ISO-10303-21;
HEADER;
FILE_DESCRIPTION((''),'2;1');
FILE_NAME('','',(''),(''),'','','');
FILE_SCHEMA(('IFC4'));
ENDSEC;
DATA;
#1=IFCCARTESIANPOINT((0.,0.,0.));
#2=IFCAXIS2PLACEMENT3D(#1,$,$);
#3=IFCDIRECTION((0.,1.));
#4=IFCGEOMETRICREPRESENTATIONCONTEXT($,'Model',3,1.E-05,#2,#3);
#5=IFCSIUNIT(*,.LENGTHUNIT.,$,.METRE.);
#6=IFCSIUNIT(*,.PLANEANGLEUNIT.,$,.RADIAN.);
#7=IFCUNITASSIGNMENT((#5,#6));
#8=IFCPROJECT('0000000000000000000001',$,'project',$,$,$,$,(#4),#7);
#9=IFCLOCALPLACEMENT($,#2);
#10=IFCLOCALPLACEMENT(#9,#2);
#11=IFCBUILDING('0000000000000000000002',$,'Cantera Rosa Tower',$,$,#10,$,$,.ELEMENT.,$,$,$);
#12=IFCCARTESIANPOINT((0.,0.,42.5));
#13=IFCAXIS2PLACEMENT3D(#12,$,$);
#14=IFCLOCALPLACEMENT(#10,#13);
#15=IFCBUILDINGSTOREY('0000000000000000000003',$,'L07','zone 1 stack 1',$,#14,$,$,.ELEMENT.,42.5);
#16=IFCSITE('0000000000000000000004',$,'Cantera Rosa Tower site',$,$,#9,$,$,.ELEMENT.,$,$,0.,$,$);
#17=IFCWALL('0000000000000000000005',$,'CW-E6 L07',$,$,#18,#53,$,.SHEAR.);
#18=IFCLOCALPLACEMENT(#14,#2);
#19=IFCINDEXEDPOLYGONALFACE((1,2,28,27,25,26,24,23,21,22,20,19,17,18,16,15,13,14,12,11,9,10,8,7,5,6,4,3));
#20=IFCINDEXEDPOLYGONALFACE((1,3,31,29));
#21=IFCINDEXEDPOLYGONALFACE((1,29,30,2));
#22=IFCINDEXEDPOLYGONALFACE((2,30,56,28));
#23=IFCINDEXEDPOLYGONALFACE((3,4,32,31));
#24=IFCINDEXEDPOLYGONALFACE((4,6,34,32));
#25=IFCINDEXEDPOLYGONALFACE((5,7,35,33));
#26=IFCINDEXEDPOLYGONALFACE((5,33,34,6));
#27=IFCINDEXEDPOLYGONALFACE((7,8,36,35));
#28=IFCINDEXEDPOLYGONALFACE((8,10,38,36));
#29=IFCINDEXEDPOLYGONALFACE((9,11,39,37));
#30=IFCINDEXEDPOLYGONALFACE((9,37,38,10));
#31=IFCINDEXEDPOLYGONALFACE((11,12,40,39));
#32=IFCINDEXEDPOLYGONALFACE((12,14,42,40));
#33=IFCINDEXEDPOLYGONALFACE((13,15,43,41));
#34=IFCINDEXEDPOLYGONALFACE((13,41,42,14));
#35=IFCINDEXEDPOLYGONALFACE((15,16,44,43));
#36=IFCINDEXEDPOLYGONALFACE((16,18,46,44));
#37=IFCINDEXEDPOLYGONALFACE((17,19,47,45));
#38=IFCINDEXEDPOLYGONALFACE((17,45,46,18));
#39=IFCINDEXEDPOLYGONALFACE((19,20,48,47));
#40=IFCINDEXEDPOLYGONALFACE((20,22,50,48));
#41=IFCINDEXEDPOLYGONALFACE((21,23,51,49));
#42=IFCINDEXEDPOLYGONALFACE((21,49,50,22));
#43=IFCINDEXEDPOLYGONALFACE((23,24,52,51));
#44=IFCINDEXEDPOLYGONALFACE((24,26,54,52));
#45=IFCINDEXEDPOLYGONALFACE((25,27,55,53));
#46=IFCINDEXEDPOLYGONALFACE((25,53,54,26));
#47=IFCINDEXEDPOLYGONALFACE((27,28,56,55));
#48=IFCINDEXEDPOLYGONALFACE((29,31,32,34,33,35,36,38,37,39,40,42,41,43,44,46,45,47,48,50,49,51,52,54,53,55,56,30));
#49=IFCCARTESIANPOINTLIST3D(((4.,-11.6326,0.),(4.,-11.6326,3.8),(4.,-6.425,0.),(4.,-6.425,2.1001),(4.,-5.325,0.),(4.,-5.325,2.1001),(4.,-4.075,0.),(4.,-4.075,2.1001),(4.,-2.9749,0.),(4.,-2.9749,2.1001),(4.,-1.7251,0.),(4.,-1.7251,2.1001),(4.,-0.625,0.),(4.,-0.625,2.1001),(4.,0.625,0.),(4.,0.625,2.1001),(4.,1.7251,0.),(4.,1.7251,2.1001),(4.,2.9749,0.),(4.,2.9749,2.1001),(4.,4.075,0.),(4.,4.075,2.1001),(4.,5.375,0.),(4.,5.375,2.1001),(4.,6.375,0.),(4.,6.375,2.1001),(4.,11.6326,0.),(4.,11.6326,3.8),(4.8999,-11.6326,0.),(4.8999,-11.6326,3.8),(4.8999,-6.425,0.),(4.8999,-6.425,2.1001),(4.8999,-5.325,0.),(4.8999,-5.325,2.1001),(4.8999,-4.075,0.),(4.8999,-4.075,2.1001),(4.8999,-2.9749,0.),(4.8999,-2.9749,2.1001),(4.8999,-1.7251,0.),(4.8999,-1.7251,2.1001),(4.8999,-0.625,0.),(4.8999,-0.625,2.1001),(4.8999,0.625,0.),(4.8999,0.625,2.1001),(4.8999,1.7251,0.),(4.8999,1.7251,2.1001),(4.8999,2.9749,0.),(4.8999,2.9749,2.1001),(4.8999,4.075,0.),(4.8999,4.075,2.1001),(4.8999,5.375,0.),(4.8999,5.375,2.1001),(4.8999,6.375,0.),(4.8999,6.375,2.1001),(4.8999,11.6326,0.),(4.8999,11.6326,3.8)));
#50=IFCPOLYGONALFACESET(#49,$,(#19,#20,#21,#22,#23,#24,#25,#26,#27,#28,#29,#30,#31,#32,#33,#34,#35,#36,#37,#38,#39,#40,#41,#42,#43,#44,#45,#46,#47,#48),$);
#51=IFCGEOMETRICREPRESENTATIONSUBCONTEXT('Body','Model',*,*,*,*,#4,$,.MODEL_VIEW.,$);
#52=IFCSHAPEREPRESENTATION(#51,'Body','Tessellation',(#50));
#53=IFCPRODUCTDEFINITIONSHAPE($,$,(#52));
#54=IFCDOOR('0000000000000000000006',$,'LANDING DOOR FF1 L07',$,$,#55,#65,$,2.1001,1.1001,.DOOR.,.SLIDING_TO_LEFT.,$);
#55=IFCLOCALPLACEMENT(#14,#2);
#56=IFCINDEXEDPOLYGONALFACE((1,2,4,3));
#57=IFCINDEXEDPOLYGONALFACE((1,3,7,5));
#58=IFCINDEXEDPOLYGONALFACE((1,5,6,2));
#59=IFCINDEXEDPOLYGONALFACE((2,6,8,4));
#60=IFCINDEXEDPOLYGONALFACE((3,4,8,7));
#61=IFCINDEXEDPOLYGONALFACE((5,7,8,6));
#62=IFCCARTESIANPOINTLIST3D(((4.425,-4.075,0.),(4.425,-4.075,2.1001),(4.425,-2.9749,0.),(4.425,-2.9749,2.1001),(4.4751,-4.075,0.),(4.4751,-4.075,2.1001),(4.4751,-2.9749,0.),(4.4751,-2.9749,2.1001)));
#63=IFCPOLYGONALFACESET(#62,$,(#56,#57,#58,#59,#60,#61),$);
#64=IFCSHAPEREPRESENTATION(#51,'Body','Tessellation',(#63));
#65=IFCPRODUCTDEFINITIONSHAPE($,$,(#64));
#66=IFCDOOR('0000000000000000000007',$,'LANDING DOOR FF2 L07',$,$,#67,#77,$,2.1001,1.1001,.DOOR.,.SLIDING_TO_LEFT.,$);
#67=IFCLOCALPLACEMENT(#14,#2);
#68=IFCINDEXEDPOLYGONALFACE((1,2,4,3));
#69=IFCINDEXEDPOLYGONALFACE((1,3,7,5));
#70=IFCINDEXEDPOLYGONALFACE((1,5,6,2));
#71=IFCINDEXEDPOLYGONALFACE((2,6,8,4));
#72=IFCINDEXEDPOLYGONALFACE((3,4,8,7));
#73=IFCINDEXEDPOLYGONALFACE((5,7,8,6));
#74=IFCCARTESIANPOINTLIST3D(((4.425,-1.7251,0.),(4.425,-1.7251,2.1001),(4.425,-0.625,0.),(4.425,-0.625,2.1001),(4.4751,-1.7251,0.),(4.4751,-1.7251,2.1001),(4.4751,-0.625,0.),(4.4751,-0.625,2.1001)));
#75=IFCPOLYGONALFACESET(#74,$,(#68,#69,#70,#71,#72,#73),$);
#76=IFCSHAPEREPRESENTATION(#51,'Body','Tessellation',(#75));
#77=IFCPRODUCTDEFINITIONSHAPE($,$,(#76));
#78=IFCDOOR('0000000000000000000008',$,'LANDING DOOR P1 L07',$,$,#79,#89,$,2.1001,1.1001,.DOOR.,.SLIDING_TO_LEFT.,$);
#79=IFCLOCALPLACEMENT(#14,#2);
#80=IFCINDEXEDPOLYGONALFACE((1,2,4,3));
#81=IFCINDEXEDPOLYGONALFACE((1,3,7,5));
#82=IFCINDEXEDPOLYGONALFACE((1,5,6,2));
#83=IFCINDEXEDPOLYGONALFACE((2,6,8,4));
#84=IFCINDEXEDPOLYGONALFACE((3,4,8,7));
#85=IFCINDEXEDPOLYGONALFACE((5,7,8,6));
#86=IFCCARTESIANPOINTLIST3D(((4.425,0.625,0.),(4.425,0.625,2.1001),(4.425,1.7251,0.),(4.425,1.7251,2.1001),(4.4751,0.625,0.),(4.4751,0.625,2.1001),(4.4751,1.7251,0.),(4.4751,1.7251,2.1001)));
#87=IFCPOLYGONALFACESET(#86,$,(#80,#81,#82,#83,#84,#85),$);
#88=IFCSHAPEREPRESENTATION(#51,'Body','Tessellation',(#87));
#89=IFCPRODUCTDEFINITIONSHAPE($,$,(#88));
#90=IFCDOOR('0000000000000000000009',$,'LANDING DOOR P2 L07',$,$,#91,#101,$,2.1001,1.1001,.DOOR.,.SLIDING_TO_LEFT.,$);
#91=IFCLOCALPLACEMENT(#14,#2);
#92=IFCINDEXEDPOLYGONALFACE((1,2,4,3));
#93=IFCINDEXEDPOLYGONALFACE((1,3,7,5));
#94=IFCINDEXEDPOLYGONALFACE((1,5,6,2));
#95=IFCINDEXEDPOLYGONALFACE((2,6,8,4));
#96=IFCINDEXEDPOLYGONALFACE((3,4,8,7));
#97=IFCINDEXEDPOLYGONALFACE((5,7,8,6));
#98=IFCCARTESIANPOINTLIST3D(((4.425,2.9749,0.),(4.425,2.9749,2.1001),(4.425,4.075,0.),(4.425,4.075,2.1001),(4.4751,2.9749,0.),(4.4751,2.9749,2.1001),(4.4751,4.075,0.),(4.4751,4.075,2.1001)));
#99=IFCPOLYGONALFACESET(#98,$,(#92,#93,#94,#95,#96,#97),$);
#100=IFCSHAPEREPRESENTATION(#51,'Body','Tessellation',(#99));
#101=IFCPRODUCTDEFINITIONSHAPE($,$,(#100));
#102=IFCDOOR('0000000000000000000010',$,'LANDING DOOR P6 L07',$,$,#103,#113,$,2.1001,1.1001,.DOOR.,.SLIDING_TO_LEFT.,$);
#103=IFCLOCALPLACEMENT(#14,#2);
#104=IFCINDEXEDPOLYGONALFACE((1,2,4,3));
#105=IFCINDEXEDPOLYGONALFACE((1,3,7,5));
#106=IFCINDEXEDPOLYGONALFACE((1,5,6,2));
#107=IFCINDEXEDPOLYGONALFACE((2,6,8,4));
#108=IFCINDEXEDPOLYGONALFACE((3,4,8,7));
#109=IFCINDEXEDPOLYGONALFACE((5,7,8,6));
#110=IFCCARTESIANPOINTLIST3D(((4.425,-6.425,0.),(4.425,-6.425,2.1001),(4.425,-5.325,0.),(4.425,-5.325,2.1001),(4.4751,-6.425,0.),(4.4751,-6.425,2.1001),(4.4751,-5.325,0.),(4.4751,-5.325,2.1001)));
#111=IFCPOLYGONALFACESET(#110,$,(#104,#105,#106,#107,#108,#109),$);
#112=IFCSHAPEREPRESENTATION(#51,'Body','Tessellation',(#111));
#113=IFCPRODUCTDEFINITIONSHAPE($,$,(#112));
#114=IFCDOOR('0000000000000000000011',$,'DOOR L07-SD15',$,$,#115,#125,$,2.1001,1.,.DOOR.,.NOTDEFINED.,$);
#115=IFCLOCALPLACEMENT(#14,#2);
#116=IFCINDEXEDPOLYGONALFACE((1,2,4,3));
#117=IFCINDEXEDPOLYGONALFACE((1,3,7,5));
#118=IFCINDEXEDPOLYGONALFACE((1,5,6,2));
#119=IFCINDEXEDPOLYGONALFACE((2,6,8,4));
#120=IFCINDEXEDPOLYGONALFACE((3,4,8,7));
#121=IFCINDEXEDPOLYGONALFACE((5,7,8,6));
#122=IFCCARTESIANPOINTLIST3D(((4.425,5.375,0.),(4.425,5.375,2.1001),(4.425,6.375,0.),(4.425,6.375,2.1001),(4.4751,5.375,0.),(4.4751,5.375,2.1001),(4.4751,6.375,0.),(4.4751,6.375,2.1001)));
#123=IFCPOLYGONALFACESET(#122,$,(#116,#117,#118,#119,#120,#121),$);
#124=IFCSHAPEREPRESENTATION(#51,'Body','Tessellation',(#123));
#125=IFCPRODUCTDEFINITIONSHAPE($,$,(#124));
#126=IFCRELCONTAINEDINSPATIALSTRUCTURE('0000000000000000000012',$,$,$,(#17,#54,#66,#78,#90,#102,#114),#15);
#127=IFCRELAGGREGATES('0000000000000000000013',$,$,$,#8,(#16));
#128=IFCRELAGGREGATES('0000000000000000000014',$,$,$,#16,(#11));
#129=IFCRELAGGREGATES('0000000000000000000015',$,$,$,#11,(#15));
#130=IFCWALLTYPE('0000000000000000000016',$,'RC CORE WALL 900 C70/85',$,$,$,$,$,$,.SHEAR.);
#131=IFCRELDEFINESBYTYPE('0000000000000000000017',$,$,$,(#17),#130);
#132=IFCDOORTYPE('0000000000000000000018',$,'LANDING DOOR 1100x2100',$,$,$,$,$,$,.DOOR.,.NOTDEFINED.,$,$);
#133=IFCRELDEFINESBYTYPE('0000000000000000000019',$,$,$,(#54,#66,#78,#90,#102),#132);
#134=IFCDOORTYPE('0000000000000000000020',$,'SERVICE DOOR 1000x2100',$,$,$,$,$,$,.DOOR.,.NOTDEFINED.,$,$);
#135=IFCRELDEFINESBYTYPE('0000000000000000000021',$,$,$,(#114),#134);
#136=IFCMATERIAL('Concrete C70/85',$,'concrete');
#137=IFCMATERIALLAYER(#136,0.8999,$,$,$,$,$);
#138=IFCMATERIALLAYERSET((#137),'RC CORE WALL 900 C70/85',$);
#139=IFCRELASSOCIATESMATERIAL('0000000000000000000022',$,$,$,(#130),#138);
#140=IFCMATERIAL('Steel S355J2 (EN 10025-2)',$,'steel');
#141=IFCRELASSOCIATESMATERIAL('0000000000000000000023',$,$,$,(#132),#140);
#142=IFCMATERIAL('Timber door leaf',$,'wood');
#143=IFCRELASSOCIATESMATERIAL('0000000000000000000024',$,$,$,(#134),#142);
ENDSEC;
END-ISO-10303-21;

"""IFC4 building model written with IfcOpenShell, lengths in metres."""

from ifc_helpers import new_model, si_unit, direction, frame, frame_2d, origin, place, context, subcontext, project, spatial, rectangle, extrude, material, layer, layer_set, type_object, element, fill, save


model = new_model("IFC4")

# Units and contexts
model_context = context("Model", 3, precision=1e-05, world=origin(), true_north=direction((0.0, 1.0)))
body_context = subcontext(model_context, "Body", "Model", "MODEL_VIEW")
ifc_project = project(units=[si_unit("LENGTHUNIT", "METRE"), si_unit("PLANEANGLEUNIT", "RADIAN")], contexts=[model_context])

# Site, building, storey
site_placement = place(None, origin())
site = spatial("IfcSite", under=ifc_project, at=site_placement, Name="Cantera Rosa Tower site", CompositionType="ELEMENT", RefElevation=0.0)
building_placement = place(site_placement, origin())
building = spatial("IfcBuilding", under=site, at=building_placement, Name="Cantera Rosa Tower", CompositionType="ELEMENT")
storey_placement = place(building_placement, frame((0.0, 0.0, 42.5)))
storey = spatial("IfcBuildingStorey", under=building, at=storey_placement, Name="L07", Description="zone 1 stack 1", CompositionType="ELEMENT", Elevation=42.5)

# Wall, openings, doors
ifc_material_1 = material(Name="Concrete C70/85", Category="concrete")
ifc_layer_1 = layer(ifc_material_1, 0.8999)
ifc_layer_set_1 = layer_set([ifc_layer_1], Name="RC CORE WALL 900 C70/85")
wall_type_1 = type_object("IfcWallType", Name="RC CORE WALL 900 C70/85", PredefinedType="SHEAR", material=ifc_layer_set_1)
wall_1_placement = place(storey_placement, frame((4.45, -11.6326, 0.0), z_axis=(0.0, 0.0, 1.0), x_axis=(0.0, 1.0, 0.0)))
wall_1 = element("IfcWall", 1, at=wall_1_placement, inside=storey, type_object=wall_type_1, Name="CW-E6 L07", PredefinedType="SHEAR", context=body_context, shape_type="SweptSolid", body=[
    extrude(rectangle(XDim=23.2651, YDim=0.8999, at=frame_2d((11.6326, 0.0))), origin(), (0.0, 0.0, 1.0), 3.8),
])
opening_1_placement = place(wall_1_placement, frame((7.5576, 0.0, 0.0)))
opening_1 = element("IfcOpeningElement", 2, at=opening_1_placement, cuts=wall_1, PredefinedType="OPENING", context=body_context, shape_type="SweptSolid", body=[
    extrude(rectangle(XDim=1.1001, YDim=2.1001, at=frame_2d((0.55, 1.05))), frame((0.0, 0.46, 0.0), z_axis=(0.0, -1.0, 0.0), x_axis=(1.0, 0.0, 0.0)), (0.0, 0.0, 1.0), 0.9199),
])
opening_2_placement = place(wall_1_placement, frame((9.9075, 0.0, 0.0)))
opening_2 = element("IfcOpeningElement", 3, at=opening_2_placement, cuts=wall_1, PredefinedType="OPENING", context=body_context, shape_type="SweptSolid", body=[
    extrude(rectangle(XDim=1.1001, YDim=2.1001, at=frame_2d((0.55, 1.05))), frame((0.0, 0.46, 0.0), z_axis=(0.0, -1.0, 0.0), x_axis=(1.0, 0.0, 0.0)), (0.0, 0.0, 1.0), 0.9199),
])
opening_3_placement = place(wall_1_placement, frame((12.2576, 0.0, 0.0)))
opening_3 = element("IfcOpeningElement", 4, at=opening_3_placement, cuts=wall_1, PredefinedType="OPENING", context=body_context, shape_type="SweptSolid", body=[
    extrude(rectangle(XDim=1.1001, YDim=2.1001, at=frame_2d((0.55, 1.05))), frame((0.0, 0.46, 0.0), z_axis=(0.0, -1.0, 0.0), x_axis=(1.0, 0.0, 0.0)), (0.0, 0.0, 1.0), 0.9199),
])
opening_4_placement = place(wall_1_placement, frame((14.6074, 0.0, 0.0)))
opening_4 = element("IfcOpeningElement", 5, at=opening_4_placement, cuts=wall_1, PredefinedType="OPENING", context=body_context, shape_type="SweptSolid", body=[
    extrude(rectangle(XDim=1.1001, YDim=2.1001, at=frame_2d((0.55, 1.05))), frame((0.0, 0.46, 0.0), z_axis=(0.0, -1.0, 0.0), x_axis=(1.0, 0.0, 0.0)), (0.0, 0.0, 1.0), 0.9199),
])
opening_5_placement = place(wall_1_placement, frame((5.2075, 0.0, 0.0)))
opening_5 = element("IfcOpeningElement", 6, at=opening_5_placement, cuts=wall_1, PredefinedType="OPENING", context=body_context, shape_type="SweptSolid", body=[
    extrude(rectangle(XDim=1.1001, YDim=2.1001, at=frame_2d((0.55, 1.05))), frame((0.0, 0.46, 0.0), z_axis=(0.0, -1.0, 0.0), x_axis=(1.0, 0.0, 0.0)), (0.0, 0.0, 1.0), 0.9199),
])
opening_6_placement = place(wall_1_placement, frame((17.0076, 0.0, 0.0)))
opening_6 = element("IfcOpeningElement", 7, at=opening_6_placement, cuts=wall_1, PredefinedType="OPENING", context=body_context, shape_type="SweptSolid", body=[
    extrude(rectangle(XDim=1.0, YDim=2.1001, at=frame_2d((0.5, 1.05))), frame((0.0, 0.46, 0.0), z_axis=(0.0, -1.0, 0.0), x_axis=(1.0, 0.0, 0.0)), (0.0, 0.0, 1.0), 0.9199),
])
ifc_material_2 = material(Name="Steel S355J2 (EN 10025-2)", Category="steel")
door_type_1 = type_object("IfcDoorType", Name="LANDING DOOR 1100x2100", OperationType="NOTDEFINED", PredefinedType="DOOR", material=ifc_material_2)
door_1_placement = place(opening_1_placement, origin())
door_1 = element("IfcDoor", 8, at=door_1_placement, inside=storey, type_object=door_type_1, Name="LANDING DOOR FF1 L07", OperationType="SLIDING_TO_LEFT", OverallHeight=2.1001, OverallWidth=1.1001, PredefinedType="DOOR", context=body_context, shape_type="SweptSolid", body=[
    extrude(rectangle(XDim=1.1001, YDim=2.1001, at=frame_2d((0.55, 1.05))), frame((0.0, 0.0249, 0.0), z_axis=(0.0, -1.0, 0.0), x_axis=(1.0, 0.0, 0.0)), (0.0, 0.0, 1.0), 0.05),
])
fill(opening_1, door_1)
door_2_placement = place(opening_2_placement, origin())
door_2 = element("IfcDoor", 9, at=door_2_placement, inside=storey, type_object=door_type_1, Name="LANDING DOOR FF2 L07", OperationType="SLIDING_TO_LEFT", OverallHeight=2.1001, OverallWidth=1.1001, PredefinedType="DOOR", context=body_context, shape_type="SweptSolid", body=[
    extrude(rectangle(XDim=1.1001, YDim=2.1001, at=frame_2d((0.55, 1.05))), frame((0.0, 0.0249, 0.0), z_axis=(0.0, -1.0, 0.0), x_axis=(1.0, 0.0, 0.0)), (0.0, 0.0, 1.0), 0.05),
])
fill(opening_2, door_2)
door_3_placement = place(opening_3_placement, origin())
door_3 = element("IfcDoor", 10, at=door_3_placement, inside=storey, type_object=door_type_1, Name="LANDING DOOR P1 L07", OperationType="SLIDING_TO_LEFT", OverallHeight=2.1001, OverallWidth=1.1001, PredefinedType="DOOR", context=body_context, shape_type="SweptSolid", body=[
    extrude(rectangle(XDim=1.1001, YDim=2.1001, at=frame_2d((0.55, 1.05))), frame((0.0, 0.0249, 0.0), z_axis=(0.0, -1.0, 0.0), x_axis=(1.0, 0.0, 0.0)), (0.0, 0.0, 1.0), 0.05),
])
fill(opening_3, door_3)
door_4_placement = place(opening_4_placement, origin())
door_4 = element("IfcDoor", 11, at=door_4_placement, inside=storey, type_object=door_type_1, Name="LANDING DOOR P2 L07", OperationType="SLIDING_TO_LEFT", OverallHeight=2.1001, OverallWidth=1.1001, PredefinedType="DOOR", context=body_context, shape_type="SweptSolid", body=[
    extrude(rectangle(XDim=1.1001, YDim=2.1001, at=frame_2d((0.55, 1.05))), frame((0.0, 0.0249, 0.0), z_axis=(0.0, -1.0, 0.0), x_axis=(1.0, 0.0, 0.0)), (0.0, 0.0, 1.0), 0.05),
])
fill(opening_4, door_4)
door_5_placement = place(opening_5_placement, origin())
door_5 = element("IfcDoor", 12, at=door_5_placement, inside=storey, type_object=door_type_1, Name="LANDING DOOR P6 L07", OperationType="SLIDING_TO_LEFT", OverallHeight=2.1001, OverallWidth=1.1001, PredefinedType="DOOR", context=body_context, shape_type="SweptSolid", body=[
    extrude(rectangle(XDim=1.1001, YDim=2.1001, at=frame_2d((0.55, 1.05))), frame((0.0, 0.0249, 0.0), z_axis=(0.0, -1.0, 0.0), x_axis=(1.0, 0.0, 0.0)), (0.0, 0.0, 1.0), 0.05),
])
fill(opening_5, door_5)
ifc_material_3 = material(Name="Timber door leaf", Category="wood")
door_type_2 = type_object("IfcDoorType", Name="SERVICE DOOR 1000x2100", OperationType="NOTDEFINED", PredefinedType="DOOR", material=ifc_material_3)
door_6_placement = place(opening_6_placement, origin())
door_6 = element("IfcDoor", 13, at=door_6_placement, inside=storey, type_object=door_type_2, Name="DOOR L07-SD15", OperationType="NOTDEFINED", OverallHeight=2.1001, OverallWidth=1.0, PredefinedType="DOOR", context=body_context, shape_type="SweptSolid", body=[
    extrude(rectangle(XDim=1.0, YDim=2.1001, at=frame_2d((0.5, 1.05))), frame((0.0, 0.0249, 0.0), z_axis=(0.0, -1.0, 0.0), x_axis=(1.0, 0.0, 0.0)), (0.0, 0.0, 1.0), 0.05),
])
fill(opening_6, door_6)

save(model, "model.ifc")
